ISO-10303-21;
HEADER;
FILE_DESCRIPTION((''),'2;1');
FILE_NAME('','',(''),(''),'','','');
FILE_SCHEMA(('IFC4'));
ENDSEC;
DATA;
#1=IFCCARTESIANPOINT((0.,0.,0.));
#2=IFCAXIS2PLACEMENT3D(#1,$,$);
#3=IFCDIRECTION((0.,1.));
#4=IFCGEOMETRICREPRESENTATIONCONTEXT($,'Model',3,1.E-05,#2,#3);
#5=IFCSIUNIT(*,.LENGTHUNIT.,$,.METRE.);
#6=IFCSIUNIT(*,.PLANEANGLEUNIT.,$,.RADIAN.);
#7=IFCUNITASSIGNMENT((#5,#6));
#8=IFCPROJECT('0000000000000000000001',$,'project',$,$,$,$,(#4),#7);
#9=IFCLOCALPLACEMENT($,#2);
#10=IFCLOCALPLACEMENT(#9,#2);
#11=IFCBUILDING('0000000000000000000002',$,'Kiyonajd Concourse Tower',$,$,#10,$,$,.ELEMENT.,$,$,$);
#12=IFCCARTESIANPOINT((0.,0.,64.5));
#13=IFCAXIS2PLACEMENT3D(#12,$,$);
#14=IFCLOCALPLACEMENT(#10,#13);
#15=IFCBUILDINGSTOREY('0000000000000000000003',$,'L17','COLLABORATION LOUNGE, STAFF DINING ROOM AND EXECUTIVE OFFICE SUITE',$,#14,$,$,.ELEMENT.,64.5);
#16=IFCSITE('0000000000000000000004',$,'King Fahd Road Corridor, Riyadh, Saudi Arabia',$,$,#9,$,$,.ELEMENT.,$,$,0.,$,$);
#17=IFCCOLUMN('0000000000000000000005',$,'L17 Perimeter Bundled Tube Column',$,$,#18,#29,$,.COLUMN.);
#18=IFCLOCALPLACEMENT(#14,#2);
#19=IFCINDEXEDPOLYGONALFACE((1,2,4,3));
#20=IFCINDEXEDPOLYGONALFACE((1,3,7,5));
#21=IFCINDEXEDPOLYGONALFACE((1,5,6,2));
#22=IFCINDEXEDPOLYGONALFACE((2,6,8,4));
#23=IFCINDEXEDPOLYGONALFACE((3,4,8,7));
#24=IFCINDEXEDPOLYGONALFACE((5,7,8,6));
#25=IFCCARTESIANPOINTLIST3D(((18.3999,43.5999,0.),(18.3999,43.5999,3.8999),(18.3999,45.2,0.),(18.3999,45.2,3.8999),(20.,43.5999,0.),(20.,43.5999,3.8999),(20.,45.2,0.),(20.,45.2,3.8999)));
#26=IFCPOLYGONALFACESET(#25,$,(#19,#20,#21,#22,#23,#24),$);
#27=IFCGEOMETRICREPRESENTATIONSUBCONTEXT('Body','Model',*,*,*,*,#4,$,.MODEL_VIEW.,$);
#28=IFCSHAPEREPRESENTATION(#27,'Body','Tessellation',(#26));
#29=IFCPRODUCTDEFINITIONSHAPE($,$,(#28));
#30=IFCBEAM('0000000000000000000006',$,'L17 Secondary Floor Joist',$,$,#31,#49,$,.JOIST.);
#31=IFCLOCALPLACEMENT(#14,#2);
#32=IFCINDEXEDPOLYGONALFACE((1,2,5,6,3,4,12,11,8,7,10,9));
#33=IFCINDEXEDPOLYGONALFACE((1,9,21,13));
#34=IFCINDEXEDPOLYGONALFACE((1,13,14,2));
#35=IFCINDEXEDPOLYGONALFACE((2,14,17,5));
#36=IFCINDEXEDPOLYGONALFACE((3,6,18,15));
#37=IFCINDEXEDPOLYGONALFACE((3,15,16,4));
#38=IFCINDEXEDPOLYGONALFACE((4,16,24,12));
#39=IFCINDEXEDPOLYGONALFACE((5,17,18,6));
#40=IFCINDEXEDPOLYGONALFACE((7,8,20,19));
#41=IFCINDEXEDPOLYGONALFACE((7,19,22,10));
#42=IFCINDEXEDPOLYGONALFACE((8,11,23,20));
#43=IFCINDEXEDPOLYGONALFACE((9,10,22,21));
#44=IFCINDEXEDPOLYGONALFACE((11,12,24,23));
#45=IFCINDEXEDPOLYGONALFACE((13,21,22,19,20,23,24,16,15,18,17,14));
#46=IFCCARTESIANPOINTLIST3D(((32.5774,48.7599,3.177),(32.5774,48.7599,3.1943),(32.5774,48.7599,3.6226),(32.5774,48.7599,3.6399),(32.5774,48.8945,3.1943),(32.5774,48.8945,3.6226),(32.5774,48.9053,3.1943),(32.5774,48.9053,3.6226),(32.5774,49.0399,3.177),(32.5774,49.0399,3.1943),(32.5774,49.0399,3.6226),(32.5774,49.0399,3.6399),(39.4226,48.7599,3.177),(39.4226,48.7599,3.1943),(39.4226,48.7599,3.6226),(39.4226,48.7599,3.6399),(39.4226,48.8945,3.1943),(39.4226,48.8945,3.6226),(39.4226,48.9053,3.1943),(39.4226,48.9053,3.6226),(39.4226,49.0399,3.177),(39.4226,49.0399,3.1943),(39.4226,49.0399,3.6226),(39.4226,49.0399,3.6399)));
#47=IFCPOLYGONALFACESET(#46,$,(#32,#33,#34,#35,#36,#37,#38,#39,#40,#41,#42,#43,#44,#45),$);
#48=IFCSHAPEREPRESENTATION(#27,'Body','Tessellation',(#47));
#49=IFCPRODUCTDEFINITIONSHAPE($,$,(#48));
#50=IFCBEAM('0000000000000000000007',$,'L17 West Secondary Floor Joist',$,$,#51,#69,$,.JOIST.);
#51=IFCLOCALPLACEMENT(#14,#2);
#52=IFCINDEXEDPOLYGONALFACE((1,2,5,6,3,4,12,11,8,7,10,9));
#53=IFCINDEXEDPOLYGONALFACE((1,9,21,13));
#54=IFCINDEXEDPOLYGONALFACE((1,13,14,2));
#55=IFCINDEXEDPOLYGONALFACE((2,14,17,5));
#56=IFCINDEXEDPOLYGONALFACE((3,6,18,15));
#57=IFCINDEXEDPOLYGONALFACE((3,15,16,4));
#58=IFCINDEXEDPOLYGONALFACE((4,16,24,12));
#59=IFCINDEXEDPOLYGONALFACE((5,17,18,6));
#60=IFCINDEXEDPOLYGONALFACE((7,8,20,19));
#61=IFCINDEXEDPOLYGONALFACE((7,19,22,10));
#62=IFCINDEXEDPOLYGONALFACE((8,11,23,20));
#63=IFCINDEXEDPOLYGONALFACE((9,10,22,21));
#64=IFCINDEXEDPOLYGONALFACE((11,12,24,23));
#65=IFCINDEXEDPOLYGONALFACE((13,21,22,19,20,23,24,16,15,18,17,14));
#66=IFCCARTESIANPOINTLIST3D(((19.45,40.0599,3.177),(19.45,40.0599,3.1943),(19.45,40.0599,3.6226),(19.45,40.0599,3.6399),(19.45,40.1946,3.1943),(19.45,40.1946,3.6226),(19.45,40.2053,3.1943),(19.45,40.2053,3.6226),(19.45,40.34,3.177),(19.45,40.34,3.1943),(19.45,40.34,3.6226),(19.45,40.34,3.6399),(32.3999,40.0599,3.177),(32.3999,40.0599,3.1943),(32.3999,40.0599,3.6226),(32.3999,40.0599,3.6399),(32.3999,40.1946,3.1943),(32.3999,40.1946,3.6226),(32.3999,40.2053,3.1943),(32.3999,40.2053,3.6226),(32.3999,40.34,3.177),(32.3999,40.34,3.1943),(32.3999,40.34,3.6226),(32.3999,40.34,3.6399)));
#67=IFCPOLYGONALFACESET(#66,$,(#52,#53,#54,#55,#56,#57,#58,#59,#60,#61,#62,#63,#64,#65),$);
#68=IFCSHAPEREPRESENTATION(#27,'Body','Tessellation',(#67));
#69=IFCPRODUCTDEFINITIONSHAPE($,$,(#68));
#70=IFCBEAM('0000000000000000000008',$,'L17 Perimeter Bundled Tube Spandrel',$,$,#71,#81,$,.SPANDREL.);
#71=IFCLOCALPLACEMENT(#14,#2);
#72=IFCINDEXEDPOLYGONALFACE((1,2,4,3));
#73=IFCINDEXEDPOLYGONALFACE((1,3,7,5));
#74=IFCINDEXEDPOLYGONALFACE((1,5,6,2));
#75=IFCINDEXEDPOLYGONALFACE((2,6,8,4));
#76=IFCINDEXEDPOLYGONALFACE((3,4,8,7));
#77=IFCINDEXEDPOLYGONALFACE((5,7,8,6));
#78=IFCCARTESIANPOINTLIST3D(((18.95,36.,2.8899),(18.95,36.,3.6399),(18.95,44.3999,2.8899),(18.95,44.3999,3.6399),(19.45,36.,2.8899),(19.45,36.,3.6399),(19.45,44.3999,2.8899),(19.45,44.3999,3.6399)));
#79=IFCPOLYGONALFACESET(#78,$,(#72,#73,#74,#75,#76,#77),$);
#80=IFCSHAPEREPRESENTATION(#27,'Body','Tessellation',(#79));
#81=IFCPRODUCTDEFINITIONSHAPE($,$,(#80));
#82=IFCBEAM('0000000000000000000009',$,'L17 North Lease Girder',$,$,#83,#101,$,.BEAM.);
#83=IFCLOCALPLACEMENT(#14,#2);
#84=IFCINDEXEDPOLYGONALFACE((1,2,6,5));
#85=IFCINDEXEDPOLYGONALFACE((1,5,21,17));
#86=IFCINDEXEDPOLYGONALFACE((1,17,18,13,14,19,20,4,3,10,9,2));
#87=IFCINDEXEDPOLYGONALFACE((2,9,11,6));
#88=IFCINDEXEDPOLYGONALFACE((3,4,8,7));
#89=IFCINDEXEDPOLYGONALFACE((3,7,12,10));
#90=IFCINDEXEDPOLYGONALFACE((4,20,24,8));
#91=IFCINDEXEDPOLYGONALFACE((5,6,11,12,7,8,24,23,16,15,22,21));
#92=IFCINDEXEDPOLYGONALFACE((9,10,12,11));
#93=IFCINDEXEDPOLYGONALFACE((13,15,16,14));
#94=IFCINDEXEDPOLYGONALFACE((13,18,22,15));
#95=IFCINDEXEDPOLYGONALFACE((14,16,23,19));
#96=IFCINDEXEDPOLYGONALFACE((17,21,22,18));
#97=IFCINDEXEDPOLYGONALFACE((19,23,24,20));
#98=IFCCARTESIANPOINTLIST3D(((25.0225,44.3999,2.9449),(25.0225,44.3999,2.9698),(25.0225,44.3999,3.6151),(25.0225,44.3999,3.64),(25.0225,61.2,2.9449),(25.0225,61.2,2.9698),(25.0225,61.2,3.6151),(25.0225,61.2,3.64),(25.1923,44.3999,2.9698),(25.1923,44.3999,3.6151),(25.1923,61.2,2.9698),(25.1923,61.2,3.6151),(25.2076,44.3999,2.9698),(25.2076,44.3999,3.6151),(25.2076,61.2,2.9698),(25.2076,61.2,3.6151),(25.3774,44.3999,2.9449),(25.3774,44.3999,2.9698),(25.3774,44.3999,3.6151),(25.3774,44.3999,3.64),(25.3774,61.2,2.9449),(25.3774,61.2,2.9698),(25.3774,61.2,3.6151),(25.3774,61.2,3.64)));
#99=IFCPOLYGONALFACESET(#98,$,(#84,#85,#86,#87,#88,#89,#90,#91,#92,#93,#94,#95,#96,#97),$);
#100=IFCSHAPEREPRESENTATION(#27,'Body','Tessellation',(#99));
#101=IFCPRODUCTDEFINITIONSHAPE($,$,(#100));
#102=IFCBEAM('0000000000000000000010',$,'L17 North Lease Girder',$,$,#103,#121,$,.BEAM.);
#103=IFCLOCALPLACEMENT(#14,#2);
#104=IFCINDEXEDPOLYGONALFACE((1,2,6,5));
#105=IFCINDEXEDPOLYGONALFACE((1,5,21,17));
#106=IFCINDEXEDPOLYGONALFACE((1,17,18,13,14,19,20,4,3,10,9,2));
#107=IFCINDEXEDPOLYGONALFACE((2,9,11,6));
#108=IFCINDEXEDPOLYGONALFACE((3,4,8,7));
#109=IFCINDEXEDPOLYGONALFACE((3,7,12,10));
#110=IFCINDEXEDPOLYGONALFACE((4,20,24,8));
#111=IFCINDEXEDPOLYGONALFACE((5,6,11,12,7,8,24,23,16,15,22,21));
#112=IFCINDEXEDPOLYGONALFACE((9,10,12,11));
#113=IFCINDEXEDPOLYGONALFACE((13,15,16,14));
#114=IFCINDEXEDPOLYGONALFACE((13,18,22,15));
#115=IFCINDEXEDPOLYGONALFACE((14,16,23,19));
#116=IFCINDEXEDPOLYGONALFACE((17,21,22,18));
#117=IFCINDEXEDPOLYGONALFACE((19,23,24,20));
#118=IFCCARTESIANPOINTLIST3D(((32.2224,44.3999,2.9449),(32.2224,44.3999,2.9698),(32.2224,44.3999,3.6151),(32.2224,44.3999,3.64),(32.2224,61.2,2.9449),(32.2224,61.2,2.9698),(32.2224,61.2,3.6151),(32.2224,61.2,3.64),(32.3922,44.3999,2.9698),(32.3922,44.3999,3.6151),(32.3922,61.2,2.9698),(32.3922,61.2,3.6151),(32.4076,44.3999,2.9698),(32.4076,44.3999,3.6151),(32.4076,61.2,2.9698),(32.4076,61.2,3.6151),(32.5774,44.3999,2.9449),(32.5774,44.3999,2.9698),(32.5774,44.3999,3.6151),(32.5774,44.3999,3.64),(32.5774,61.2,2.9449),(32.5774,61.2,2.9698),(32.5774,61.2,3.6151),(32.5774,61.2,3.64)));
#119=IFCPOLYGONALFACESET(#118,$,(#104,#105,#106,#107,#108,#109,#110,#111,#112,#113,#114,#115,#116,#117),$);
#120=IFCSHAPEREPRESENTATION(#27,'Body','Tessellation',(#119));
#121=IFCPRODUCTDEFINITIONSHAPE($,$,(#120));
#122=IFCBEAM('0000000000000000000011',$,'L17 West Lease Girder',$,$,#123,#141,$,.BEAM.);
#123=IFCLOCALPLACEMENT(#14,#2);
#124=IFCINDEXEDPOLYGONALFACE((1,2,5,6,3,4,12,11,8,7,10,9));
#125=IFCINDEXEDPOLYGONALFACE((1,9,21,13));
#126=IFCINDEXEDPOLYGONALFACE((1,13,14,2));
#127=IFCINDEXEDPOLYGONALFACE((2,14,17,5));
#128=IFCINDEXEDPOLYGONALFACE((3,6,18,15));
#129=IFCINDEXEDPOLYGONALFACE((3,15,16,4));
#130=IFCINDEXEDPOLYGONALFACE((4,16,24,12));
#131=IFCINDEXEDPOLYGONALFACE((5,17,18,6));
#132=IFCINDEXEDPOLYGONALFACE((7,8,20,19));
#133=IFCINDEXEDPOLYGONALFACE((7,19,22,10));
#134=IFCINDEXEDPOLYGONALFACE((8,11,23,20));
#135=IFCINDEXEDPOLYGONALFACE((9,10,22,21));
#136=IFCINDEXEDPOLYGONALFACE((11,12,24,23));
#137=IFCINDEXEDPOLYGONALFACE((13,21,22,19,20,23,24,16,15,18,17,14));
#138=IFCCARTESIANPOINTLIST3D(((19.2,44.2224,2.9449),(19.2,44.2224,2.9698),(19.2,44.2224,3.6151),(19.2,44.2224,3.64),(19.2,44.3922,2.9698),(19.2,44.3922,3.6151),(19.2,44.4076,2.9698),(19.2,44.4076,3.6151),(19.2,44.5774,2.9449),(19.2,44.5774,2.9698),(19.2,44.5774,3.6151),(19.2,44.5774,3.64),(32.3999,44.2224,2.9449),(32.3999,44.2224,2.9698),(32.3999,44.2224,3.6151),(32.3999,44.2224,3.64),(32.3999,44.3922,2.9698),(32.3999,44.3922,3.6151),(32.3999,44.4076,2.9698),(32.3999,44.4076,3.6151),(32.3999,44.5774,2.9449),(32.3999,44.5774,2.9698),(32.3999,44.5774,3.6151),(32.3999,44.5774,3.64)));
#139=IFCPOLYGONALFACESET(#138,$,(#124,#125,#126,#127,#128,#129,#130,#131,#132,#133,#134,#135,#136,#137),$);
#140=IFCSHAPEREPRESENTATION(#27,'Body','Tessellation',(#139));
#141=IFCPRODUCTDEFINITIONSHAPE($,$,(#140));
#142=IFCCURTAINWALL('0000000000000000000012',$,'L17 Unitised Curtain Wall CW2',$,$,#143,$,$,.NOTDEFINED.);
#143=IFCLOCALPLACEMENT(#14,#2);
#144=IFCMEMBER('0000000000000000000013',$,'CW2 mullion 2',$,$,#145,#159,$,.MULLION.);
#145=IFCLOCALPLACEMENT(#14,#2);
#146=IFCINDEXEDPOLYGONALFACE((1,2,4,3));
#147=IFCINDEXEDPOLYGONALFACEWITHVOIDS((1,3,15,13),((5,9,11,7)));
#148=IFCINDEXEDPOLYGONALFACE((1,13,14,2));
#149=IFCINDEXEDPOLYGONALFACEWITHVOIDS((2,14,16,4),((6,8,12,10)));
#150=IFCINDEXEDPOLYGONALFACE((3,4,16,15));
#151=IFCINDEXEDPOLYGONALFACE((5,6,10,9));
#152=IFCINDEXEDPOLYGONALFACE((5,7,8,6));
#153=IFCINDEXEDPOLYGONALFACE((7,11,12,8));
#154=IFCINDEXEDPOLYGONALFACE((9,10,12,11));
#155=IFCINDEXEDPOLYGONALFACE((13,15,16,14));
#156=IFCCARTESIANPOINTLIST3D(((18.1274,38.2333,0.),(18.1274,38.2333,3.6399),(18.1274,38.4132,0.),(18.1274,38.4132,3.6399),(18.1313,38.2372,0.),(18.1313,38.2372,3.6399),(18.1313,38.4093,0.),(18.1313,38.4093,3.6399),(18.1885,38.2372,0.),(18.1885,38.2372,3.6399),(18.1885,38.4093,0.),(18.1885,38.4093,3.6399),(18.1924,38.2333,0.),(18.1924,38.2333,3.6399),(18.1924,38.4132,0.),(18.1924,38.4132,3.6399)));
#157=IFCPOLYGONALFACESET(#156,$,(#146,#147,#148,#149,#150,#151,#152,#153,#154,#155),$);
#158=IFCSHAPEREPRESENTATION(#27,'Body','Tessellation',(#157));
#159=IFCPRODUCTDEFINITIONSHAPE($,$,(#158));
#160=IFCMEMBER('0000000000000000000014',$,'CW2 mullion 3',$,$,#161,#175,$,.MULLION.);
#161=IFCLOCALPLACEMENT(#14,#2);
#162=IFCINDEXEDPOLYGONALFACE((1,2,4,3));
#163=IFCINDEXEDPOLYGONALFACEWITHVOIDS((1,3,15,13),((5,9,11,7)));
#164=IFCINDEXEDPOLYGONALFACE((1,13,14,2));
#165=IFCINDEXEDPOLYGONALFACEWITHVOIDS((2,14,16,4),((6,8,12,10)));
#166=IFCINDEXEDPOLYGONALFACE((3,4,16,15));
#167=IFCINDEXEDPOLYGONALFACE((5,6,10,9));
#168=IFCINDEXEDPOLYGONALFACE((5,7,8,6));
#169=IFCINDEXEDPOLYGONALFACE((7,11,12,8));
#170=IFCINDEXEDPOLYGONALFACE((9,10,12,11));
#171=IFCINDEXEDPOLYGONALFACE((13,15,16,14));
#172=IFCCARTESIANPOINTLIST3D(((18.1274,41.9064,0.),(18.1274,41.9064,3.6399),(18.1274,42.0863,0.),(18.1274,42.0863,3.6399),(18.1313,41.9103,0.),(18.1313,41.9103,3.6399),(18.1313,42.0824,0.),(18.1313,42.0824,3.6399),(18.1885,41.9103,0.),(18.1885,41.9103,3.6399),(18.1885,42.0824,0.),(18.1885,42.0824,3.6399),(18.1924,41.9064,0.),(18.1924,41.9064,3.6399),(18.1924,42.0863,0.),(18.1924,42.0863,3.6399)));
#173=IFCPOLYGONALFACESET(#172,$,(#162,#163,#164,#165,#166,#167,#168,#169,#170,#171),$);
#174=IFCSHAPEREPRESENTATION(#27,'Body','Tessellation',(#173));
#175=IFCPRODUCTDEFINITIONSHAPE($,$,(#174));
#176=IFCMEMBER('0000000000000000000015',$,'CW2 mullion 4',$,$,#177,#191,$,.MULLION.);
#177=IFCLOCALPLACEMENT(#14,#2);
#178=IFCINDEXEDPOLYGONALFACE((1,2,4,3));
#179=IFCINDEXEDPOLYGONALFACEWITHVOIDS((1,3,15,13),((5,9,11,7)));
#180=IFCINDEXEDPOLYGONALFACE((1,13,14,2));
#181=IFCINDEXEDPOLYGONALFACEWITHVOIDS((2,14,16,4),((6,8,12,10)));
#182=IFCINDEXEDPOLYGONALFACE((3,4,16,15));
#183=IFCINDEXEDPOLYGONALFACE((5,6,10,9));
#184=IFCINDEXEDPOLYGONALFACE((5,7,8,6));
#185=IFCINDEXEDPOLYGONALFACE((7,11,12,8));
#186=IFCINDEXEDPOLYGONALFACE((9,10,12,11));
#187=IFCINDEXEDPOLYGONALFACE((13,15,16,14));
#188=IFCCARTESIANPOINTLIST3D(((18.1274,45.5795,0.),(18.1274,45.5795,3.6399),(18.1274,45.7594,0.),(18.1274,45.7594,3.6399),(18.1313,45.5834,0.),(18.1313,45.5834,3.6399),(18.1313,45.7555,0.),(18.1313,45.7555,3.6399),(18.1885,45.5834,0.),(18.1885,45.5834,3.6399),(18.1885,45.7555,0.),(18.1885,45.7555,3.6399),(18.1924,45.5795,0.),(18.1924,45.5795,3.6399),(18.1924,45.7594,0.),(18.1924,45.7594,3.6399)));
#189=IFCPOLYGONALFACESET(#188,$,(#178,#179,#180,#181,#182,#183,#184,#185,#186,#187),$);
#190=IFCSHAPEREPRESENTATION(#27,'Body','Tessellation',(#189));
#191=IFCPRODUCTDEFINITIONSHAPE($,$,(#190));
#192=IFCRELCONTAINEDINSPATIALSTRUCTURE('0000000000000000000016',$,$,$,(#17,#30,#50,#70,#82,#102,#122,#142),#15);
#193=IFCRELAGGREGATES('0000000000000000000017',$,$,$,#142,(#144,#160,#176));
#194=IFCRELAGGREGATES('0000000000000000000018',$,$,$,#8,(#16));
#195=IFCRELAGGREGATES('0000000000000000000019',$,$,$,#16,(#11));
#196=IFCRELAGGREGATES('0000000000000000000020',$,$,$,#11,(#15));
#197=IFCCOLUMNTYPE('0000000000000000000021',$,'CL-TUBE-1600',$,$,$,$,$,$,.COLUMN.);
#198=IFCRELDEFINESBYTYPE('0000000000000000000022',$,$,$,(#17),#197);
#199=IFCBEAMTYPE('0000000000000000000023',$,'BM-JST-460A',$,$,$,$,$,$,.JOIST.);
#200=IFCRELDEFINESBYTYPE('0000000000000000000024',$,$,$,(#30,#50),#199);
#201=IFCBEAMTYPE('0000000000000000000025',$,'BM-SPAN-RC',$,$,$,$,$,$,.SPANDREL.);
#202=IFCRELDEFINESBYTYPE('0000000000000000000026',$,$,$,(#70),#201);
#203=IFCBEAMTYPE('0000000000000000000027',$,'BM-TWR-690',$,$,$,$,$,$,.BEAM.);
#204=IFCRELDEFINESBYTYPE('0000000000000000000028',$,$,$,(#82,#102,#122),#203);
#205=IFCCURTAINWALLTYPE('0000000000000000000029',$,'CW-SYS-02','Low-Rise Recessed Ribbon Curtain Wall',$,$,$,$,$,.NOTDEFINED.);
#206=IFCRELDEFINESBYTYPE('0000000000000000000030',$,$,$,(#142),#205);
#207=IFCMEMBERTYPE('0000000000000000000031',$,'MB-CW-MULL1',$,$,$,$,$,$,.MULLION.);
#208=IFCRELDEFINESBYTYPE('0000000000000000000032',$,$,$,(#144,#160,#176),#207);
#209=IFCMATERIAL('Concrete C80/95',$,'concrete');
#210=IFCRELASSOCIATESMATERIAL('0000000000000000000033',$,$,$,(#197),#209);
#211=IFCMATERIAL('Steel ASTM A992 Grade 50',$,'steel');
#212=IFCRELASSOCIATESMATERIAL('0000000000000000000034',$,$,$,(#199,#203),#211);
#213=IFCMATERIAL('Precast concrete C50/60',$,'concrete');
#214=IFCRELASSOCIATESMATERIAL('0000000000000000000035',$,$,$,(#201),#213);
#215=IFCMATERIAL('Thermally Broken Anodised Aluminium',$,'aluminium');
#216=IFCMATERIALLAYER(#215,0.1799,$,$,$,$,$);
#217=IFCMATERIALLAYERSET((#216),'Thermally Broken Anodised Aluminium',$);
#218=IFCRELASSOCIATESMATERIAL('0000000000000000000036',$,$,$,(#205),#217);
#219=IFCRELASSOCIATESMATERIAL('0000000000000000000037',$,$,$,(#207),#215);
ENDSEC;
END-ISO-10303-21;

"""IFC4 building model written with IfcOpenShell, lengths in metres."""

from ifc_helpers import new_model, si_unit, direction, frame, origin, origin_2d, place, context, subcontext, project, spatial, rectangle, hollow_rectangle, i_section, extrude, material, layer, layer_set, material_profile, profile_set, type_object, element, aggregate, save


model = new_model("IFC4")

# Units and contexts
model_context = context("Model", 3, precision=1e-05, world=origin(), true_north=direction((0.0, 1.0)))
body_context = subcontext(model_context, "Body", "Model", "MODEL_VIEW")
ifc_project = project(units=[si_unit("LENGTHUNIT", "METRE"), si_unit("PLANEANGLEUNIT", "RADIAN")], contexts=[model_context])

# Site, building, storey
site_placement = place(None, origin())
site = spatial("IfcSite", under=ifc_project, at=site_placement, Name="King Fahd Road Corridor, Riyadh, Saudi Arabia", CompositionType="ELEMENT", RefElevation=0.0)
building_placement = place(site_placement, origin())
building = spatial("IfcBuilding", under=site, at=building_placement, Name="Kiyonajd Concourse Tower", CompositionType="ELEMENT")
storey_placement = place(building_placement, frame((0.0, 0.0, 64.5)))
storey = spatial("IfcBuildingStorey", under=building, at=storey_placement, Name="L17", Description="COLLABORATION LOUNGE, STAFF DINING ROOM AND EXECUTIVE OFFICE SUITE", CompositionType="ELEMENT", Elevation=64.5)

# Column
ifc_material_1 = material(Name="Concrete C80/95", Category="concrete")
ifc_material_profile_1 = material_profile(ifc_material_1, rectangle(XDim=1.6001, YDim=1.6001, at=origin_2d()), Name="RC-1600x1600")
ifc_profile_set_1 = profile_set([ifc_material_profile_1], Name="Concrete C80/95")
column_type = type_object("IfcColumnType", Name="CL-TUBE-1600", PredefinedType="COLUMN", material=ifc_profile_set_1)
column_placement = place(storey_placement, frame((19.2, 44.3999, 0.0), z_axis=(0.0, 0.0, 1.0), x_axis=(1.0, 0.0, 0.0)))
element("IfcColumn", 1, at=column_placement, inside=storey, type_object=column_type, Name="L17 Perimeter Bundled Tube Column", PredefinedType="COLUMN", context=body_context, shape_type="SweptSolid", body=[
    extrude(rectangle(XDim=1.6001, YDim=1.6001, at=origin_2d()), origin(), (0.0, 0.0, 1.0), 3.8999),
])

# Beams
ifc_material_2 = material(Name="Steel ASTM A992 Grade 50", Category="steel")
ifc_material_profile_2 = material_profile(ifc_material_2, i_section(OverallWidth=0.28, OverallDepth=0.4629, WebThickness=0.0107, FlangeThickness=0.0173, at=origin_2d()), Name="W460X113")
ifc_profile_set_2 = profile_set([ifc_material_profile_2], Name="Steel ASTM A992 Grade 50")
beam_type_1 = type_object("IfcBeamType", Name="BM-JST-460A", PredefinedType="JOIST", material=ifc_profile_set_2)
beam_1_placement = place(storey_placement, frame((32.5774, 48.8999, 3.4084), z_axis=(1.0, 0.0, 0.0), x_axis=(0.0, 1.0, 0.0)))
element("IfcBeam", 2, at=beam_1_placement, inside=storey, type_object=beam_type_1, Name="L17 Secondary Floor Joist", PredefinedType="JOIST", context=body_context, shape_type="SweptSolid", body=[
    extrude(i_section(OverallWidth=0.28, OverallDepth=0.4629, WebThickness=0.0107, FlangeThickness=0.0173, at=origin_2d()), origin(), (0.0, 0.0, 1.0), 6.8452),
])
beam_2_placement = place(storey_placement, frame((19.45, 40.2, 3.4084), z_axis=(1.0, 0.0, 0.0), x_axis=(0.0, 1.0, 0.0)))
element("IfcBeam", 3, at=beam_2_placement, inside=storey, type_object=beam_type_1, Name="L17 West Secondary Floor Joist", PredefinedType="JOIST", context=body_context, shape_type="SweptSolid", body=[
    extrude(i_section(OverallWidth=0.28, OverallDepth=0.4629, WebThickness=0.0107, FlangeThickness=0.0173, at=origin_2d()), origin(), (0.0, 0.0, 1.0), 12.95),
])
ifc_material_3 = material(Name="Precast concrete C50/60", Category="concrete")
ifc_material_profile_3 = material_profile(ifc_material_3, rectangle(XDim=0.5, YDim=0.75, at=origin_2d()), Name="RCBM-500x750")
ifc_profile_set_3 = profile_set([ifc_material_profile_3], Name="Precast concrete C50/60")
beam_type_2 = type_object("IfcBeamType", Name="BM-SPAN-RC", PredefinedType="SPANDREL", material=ifc_profile_set_3)
beam_3_placement = place(storey_placement, frame((19.2, 44.3999, 3.2649), z_axis=(0.0, -1.0, 0.0), x_axis=(1.0, 0.0, 0.0)))
element("IfcBeam", 4, at=beam_3_placement, inside=storey, type_object=beam_type_2, Name="L17 Perimeter Bundled Tube Spandrel", PredefinedType="SPANDREL", context=body_context, shape_type="SweptSolid", body=[
    extrude(rectangle(XDim=0.5, YDim=0.75, at=origin_2d()), origin(), (0.0, 0.0, 1.0), 8.3999),
])
ifc_material_profile_4 = material_profile(ifc_material_2, i_section(OverallWidth=0.355, OverallDepth=0.6951, WebThickness=0.0154, FlangeThickness=0.0249, at=origin_2d()), Name="W690X217")
ifc_profile_set_4 = profile_set([ifc_material_profile_4], Name="Steel ASTM A992 Grade 50")
beam_type_3 = type_object("IfcBeamType", Name="BM-TWR-690", PredefinedType="BEAM", material=ifc_profile_set_4)
for number, where, z_axis, x_axis, name in (
    (5, (25.2, 44.3999, 3.2925), (0.0, 1.0, 0.0), (-1.0, 0.0, 0.0), "L17 North Lease Girder"),
    (6, (32.3999, 44.3999, 3.2925), (0.0, 1.0, 0.0), (-1.0, 0.0, 0.0), "L17 North Lease Girder"),
):
    element("IfcBeam", number, at=place(storey_placement, frame(where, z_axis=z_axis, x_axis=x_axis)), inside=storey, type_object=beam_type_3, Name=name, PredefinedType="BEAM", context=body_context, shape_type="SweptSolid", body=[
        extrude(i_section(OverallWidth=0.355, OverallDepth=0.6951, WebThickness=0.0154, FlangeThickness=0.0249, at=origin_2d()), origin(), (0.0, 0.0, 1.0), 16.8),
    ])
beam_4_placement = place(storey_placement, frame((19.2, 44.3999, 3.2925), z_axis=(1.0, 0.0, 0.0), x_axis=(0.0, 1.0, 0.0)))
element("IfcBeam", 7, at=beam_4_placement, inside=storey, type_object=beam_type_3, Name="L17 West Lease Girder", PredefinedType="BEAM", context=body_context, shape_type="SweptSolid", body=[
    extrude(i_section(OverallWidth=0.355, OverallDepth=0.6951, WebThickness=0.0154, FlangeThickness=0.0249, at=origin_2d()), origin(), (0.0, 0.0, 1.0), 13.2),
])

# Curtain wall, members
ifc_material_4 = material(Name="Thermally Broken Anodised Aluminium", Category="aluminium")
ifc_layer_1 = layer(ifc_material_4, 0.1799)
ifc_layer_set_1 = layer_set([ifc_layer_1], Name="Thermally Broken Anodised Aluminium")
curtain_wall_type = type_object("IfcCurtainWallType", Name="CW-SYS-02", Description="Low-Rise Recessed Ribbon Curtain Wall", PredefinedType="NOTDEFINED", material=ifc_layer_set_1)
curtain_wall_placement = place(storey_placement, origin())
curtain_wall = element("IfcCurtainWall", 8, at=curtain_wall_placement, inside=storey, type_object=curtain_wall_type, Name="L17 Unitised Curtain Wall CW2", PredefinedType="NOTDEFINED")
ifc_material_profile_5 = material_profile(ifc_material_4, hollow_rectangle(XDim=0.0649, YDim=0.1799, WallThickness=0.0039, at=origin_2d()), Name="MULL-65x180")
ifc_profile_set_5 = profile_set([ifc_material_profile_5], Name="Thermally Broken Anodised Aluminium")
member_type_1 = type_object("IfcMemberType", Name="MB-CW-MULL1", PredefinedType="MULLION", material=ifc_profile_set_5)
member_1_placement = place(storey_placement, frame((18.1599, 38.3232, 0.0), z_axis=(0.0, 0.0, 1.0), x_axis=(-1.0, 0.0, 0.0)))
member_1 = element("IfcMember", 9, at=member_1_placement, type_object=member_type_1, Name="CW2 mullion 2", PredefinedType="MULLION", context=body_context, shape_type="SweptSolid", body=[
    extrude(hollow_rectangle(XDim=0.0649, YDim=0.1799, WallThickness=0.0039, at=origin_2d()), origin(), (0.0, 0.0, 1.0), 3.6399),
])
member_2_placement = place(storey_placement, frame((18.1599, 41.9963, 0.0), z_axis=(0.0, 0.0, 1.0), x_axis=(-1.0, 0.0, 0.0)))
member_2 = element("IfcMember", 10, at=member_2_placement, type_object=member_type_1, Name="CW2 mullion 3", PredefinedType="MULLION", context=body_context, shape_type="SweptSolid", body=[
    extrude(hollow_rectangle(XDim=0.0649, YDim=0.1799, WallThickness=0.0039, at=origin_2d()), origin(), (0.0, 0.0, 1.0), 3.6399),
])
member_3_placement = place(storey_placement, frame((18.1599, 45.6694, 0.0), z_axis=(0.0, 0.0, 1.0), x_axis=(-1.0, 0.0, 0.0)))
member_3 = element("IfcMember", 11, at=member_3_placement, type_object=member_type_1, Name="CW2 mullion 4", PredefinedType="MULLION", context=body_context, shape_type="SweptSolid", body=[
    extrude(hollow_rectangle(XDim=0.0649, YDim=0.1799, WallThickness=0.0039, at=origin_2d()), origin(), (0.0, 0.0, 1.0), 3.6399),
])
aggregate(curtain_wall, [member_1, member_2, member_3])

save(model, "model.ifc")
